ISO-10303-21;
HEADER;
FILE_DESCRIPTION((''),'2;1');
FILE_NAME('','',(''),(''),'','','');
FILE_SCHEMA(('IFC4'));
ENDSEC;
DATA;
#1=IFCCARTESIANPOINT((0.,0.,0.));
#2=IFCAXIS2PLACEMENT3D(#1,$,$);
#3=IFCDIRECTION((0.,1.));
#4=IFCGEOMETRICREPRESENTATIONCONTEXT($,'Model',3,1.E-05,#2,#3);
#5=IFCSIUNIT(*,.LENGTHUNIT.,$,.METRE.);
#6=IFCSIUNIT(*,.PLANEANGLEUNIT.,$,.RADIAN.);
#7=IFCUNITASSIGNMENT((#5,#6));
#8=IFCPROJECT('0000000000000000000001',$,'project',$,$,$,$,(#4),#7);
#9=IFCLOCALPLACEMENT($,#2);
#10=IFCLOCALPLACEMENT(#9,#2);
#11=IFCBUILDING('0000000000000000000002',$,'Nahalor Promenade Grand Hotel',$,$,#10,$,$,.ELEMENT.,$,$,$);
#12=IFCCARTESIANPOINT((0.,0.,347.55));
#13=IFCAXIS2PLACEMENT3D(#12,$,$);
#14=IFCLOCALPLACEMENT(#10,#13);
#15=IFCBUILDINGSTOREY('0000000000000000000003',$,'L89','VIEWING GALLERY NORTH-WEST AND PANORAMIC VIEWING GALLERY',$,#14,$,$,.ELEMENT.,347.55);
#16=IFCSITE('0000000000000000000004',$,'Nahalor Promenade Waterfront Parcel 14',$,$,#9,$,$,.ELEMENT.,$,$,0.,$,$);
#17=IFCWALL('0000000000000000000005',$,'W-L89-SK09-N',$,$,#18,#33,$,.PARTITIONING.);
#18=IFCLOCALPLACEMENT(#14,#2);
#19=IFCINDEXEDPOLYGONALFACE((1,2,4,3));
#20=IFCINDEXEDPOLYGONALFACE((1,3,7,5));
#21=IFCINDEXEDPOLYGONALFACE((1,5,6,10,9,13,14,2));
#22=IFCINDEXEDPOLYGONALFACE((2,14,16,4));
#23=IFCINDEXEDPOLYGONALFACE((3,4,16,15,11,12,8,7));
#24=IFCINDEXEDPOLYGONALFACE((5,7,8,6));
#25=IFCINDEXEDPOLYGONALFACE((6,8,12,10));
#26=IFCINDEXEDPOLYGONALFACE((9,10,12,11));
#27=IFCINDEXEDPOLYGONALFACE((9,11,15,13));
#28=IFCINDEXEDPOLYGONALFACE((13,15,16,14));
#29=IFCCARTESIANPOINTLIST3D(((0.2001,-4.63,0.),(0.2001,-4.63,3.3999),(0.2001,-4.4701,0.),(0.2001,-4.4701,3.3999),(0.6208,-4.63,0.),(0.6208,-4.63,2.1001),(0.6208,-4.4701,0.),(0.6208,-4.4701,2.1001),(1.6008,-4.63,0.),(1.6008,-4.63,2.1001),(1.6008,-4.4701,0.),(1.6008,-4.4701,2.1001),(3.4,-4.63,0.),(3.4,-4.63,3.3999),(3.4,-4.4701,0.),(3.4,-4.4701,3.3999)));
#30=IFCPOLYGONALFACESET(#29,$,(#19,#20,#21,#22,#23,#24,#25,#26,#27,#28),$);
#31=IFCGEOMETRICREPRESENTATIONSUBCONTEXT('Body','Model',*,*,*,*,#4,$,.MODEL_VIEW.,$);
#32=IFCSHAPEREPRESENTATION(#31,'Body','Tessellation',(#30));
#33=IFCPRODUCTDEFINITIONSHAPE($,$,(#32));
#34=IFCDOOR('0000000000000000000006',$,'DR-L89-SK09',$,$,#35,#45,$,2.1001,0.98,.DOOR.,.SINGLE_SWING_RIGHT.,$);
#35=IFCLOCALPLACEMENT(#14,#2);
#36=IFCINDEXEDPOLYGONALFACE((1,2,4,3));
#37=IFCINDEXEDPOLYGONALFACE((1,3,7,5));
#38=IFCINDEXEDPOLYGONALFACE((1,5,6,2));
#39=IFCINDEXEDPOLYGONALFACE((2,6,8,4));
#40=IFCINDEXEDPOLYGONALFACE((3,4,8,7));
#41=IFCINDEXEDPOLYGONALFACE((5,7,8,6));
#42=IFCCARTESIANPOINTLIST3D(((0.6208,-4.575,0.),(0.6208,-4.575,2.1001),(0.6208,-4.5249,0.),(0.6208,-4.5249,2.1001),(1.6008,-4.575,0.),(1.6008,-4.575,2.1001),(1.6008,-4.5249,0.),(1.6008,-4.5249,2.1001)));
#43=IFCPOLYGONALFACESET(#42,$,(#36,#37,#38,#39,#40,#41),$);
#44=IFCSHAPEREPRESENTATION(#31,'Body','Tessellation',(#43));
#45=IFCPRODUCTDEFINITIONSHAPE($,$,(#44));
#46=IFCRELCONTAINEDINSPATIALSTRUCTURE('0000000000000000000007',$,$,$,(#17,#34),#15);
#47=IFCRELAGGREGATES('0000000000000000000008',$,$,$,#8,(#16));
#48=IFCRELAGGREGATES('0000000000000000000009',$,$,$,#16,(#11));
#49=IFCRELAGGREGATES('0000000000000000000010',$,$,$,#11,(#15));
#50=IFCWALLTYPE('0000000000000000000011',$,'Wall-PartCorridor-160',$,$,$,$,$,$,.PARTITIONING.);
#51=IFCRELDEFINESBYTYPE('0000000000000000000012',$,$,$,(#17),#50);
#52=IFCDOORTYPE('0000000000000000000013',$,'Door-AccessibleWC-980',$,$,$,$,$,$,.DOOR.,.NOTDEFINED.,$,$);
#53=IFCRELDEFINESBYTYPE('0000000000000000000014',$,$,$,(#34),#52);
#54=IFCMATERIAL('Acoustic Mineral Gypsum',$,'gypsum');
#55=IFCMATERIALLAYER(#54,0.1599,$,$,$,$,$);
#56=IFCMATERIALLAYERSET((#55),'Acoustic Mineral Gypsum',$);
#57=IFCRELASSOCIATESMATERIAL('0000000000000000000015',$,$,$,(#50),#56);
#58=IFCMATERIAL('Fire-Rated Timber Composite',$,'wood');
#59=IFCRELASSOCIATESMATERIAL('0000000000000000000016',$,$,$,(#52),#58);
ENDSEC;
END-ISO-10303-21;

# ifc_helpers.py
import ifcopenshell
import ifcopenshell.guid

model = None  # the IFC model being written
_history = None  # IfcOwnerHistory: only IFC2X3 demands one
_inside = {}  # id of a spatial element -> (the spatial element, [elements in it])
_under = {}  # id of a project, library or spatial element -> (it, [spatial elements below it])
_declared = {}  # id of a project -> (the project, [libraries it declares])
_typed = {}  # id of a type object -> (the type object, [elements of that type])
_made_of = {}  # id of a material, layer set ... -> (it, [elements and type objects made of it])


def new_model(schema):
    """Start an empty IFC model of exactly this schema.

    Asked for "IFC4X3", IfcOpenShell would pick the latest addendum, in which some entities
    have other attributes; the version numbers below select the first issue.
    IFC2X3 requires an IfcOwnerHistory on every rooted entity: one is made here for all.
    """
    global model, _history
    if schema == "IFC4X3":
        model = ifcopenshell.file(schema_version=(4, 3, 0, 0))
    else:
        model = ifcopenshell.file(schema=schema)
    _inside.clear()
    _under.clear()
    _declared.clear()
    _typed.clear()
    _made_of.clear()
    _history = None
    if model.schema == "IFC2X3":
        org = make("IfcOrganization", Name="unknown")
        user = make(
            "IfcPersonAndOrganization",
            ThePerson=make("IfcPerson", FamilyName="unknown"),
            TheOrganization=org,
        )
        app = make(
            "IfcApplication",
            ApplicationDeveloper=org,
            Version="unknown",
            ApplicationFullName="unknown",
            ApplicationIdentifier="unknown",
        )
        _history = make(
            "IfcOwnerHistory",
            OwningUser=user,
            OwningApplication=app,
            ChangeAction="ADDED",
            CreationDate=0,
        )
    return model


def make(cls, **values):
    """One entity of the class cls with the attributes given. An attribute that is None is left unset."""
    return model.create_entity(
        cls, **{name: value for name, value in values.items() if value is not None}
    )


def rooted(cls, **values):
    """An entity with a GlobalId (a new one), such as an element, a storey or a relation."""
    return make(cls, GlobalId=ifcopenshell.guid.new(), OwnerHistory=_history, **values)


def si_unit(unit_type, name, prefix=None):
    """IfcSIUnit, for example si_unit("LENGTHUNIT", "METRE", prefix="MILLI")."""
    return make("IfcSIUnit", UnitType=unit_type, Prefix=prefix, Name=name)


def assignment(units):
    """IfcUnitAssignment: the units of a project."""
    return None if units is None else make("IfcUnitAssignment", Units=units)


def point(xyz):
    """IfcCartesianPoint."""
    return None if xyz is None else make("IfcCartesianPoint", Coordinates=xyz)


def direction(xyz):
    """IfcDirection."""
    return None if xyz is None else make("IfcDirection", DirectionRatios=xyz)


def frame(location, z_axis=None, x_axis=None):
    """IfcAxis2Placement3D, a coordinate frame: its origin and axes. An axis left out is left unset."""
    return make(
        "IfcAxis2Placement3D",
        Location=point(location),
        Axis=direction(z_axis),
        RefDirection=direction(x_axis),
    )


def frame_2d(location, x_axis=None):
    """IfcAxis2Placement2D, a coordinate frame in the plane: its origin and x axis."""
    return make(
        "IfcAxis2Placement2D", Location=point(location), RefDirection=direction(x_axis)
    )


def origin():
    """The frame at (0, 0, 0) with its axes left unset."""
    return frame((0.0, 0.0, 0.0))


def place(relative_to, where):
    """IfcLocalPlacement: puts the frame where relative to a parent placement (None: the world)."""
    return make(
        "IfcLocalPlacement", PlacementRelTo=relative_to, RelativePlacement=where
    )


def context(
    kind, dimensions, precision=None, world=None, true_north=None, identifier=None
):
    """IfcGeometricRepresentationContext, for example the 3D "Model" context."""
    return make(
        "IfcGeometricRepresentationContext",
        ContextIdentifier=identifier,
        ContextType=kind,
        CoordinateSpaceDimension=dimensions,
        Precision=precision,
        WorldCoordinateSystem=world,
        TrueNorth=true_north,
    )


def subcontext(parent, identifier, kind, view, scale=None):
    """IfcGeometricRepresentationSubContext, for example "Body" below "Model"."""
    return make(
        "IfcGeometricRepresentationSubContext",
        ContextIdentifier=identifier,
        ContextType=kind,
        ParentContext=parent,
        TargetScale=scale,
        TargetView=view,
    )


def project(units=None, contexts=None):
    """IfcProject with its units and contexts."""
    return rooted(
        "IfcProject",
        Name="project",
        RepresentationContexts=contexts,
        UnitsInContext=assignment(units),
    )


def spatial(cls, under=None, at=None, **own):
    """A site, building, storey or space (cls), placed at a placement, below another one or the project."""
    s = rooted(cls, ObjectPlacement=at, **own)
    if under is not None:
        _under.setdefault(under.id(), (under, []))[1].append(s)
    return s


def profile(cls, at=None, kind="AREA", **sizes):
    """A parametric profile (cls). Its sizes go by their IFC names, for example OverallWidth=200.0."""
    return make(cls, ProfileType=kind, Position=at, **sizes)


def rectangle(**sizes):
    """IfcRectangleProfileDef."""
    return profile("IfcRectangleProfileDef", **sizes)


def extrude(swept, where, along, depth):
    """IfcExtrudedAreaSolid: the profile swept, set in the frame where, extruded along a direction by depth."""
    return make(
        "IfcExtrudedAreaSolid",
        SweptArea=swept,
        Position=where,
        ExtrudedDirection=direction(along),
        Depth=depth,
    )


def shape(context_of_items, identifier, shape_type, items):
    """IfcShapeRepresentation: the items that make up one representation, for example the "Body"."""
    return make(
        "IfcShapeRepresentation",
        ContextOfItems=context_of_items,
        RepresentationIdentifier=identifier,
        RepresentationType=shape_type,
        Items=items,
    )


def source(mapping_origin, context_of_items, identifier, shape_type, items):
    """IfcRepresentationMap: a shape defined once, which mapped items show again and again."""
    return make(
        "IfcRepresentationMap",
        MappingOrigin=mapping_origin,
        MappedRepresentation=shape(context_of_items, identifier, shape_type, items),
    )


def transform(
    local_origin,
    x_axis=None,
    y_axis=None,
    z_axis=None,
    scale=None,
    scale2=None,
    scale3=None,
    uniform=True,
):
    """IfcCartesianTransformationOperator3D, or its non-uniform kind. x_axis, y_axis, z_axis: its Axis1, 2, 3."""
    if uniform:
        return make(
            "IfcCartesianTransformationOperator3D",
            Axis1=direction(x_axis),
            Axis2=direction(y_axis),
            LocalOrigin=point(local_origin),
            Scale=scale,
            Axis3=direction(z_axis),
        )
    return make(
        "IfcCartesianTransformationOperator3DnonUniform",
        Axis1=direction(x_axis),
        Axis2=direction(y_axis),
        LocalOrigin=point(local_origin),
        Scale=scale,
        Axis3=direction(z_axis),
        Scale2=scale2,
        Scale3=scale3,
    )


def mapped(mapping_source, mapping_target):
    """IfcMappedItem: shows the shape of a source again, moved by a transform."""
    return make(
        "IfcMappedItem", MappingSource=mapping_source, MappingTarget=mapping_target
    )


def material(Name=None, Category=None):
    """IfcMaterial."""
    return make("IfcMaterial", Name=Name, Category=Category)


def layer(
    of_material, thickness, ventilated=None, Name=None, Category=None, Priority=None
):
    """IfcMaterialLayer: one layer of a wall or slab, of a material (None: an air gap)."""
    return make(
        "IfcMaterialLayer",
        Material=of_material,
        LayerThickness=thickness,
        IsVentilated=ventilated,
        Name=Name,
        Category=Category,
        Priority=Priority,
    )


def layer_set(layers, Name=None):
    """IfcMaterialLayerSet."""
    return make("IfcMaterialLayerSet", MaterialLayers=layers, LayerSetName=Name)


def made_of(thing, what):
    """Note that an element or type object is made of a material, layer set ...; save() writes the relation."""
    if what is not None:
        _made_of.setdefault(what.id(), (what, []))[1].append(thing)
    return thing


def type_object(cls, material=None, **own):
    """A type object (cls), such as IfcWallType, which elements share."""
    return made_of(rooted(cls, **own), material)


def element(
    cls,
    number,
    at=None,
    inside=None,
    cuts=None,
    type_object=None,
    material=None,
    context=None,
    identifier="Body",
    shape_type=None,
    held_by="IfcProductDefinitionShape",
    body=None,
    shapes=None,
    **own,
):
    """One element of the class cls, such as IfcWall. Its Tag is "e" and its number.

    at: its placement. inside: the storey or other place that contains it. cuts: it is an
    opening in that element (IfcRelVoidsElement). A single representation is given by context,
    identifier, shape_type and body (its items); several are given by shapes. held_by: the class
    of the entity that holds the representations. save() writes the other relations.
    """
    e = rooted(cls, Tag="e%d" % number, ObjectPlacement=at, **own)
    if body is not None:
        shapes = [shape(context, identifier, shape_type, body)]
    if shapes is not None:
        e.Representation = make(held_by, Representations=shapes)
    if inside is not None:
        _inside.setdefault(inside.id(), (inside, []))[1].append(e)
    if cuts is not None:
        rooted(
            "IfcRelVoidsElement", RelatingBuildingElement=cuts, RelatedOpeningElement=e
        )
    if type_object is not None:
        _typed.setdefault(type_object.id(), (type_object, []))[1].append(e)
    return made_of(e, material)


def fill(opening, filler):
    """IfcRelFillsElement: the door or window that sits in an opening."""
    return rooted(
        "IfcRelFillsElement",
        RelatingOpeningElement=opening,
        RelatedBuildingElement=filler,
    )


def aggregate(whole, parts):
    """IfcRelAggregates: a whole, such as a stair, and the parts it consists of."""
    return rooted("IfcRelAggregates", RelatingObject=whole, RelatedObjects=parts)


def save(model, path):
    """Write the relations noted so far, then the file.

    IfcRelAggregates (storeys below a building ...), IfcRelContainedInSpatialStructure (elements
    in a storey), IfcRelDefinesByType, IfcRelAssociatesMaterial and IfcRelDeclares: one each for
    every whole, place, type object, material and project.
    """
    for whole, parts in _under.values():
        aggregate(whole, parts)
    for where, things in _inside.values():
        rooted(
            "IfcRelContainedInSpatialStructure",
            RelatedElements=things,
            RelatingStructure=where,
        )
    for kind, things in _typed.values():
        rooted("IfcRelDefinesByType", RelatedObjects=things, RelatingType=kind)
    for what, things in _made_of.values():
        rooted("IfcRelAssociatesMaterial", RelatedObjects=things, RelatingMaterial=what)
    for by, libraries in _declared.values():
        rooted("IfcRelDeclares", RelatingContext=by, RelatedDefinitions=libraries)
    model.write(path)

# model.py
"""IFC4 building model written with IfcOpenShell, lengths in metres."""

from ifc_helpers import new_model, si_unit, direction, frame, frame_2d, origin, place, context, subcontext, project, spatial, rectangle, extrude, source, transform, mapped, material, layer, layer_set, type_object, element, fill, save


model = new_model("IFC4")

# Units and contexts
model_context = context("Model", 3, precision=1e-05, world=origin(), true_north=direction((0.0, 1.0)))
body_context = subcontext(model_context, "Body", "Model", "MODEL_VIEW")
ifc_project = project(units=[si_unit("LENGTHUNIT", "METRE"), si_unit("PLANEANGLEUNIT", "RADIAN")], contexts=[model_context])

# Site, building, storey
site_placement = place(None, origin())
site = spatial("IfcSite", under=ifc_project, at=site_placement, Name="Nahalor Promenade Waterfront Parcel 14", CompositionType="ELEMENT", RefElevation=0.0)
building_placement = place(site_placement, origin())
building = spatial("IfcBuilding", under=site, at=building_placement, Name="Nahalor Promenade Grand Hotel", CompositionType="ELEMENT")
storey_placement = place(building_placement, frame((0.0, 0.0, 347.55)))
storey = spatial("IfcBuildingStorey", under=building, at=storey_placement, Name="L89", Description="VIEWING GALLERY NORTH-WEST AND PANORAMIC VIEWING GALLERY", CompositionType="ELEMENT", Elevation=347.55)

# Shared definitions
ifc_material_1 = material(Name="Acoustic Mineral Gypsum", Category="gypsum")
ifc_layer_1 = layer(ifc_material_1, 0.1599)
ifc_layer_set_1 = layer_set([ifc_layer_1], Name="Acoustic Mineral Gypsum")
wall_type_1 = type_object("IfcWallType", Name="Wall-PartCorridor-160", PredefinedType="PARTITIONING", material=ifc_layer_set_1)
ifc_material_2 = material(Name="Fire-Rated Timber Composite", Category="wood")

# Wall, opening, door
door_type_1 = type_object("IfcDoorType", Name="Door-AccessibleWC-980", OperationType="NOTDEFINED", PredefinedType="DOOR", material=ifc_material_2)
shared_shape_1 = source(origin(), body_context, "Body", "SweptSolid", [
    extrude(rectangle(XDim=0.98, YDim=2.1001, at=frame_2d((0.49, 1.05))), frame((0.0, 0.0249, 0.0), z_axis=(0.0, -1.0, 0.0), x_axis=(1.0, 0.0, 0.0)), (0.0, 0.0, 1.0), 0.05),
])
shared_shape_2 = source(origin(), body_context, "Body", "SweptSolid", [
    extrude(rectangle(XDim=3.2, YDim=0.1599, at=frame_2d((1.6001, 0.0))), origin(), (0.0, 0.0, 1.0), 3.3999),
])
wall_1_placement = place(storey_placement, frame((0.2, -4.55, 0.0), z_axis=(0.0, 0.0, 1.0), x_axis=(1.0, 0.0, 0.0)))
wall_1 = element("IfcWall", 1, at=wall_1_placement, inside=storey, type_object=wall_type_1, Name="W-L89-SK09-N", PredefinedType="PARTITIONING", context=body_context, shape_type="MappedRepresentation", body=[
    mapped(shared_shape_2, transform((0.0, 0.0, 0.0), scale=1.0)),
])
opening_1_placement = place(wall_1_placement, frame((0.4209, 0.0, 0.0)))
opening_1 = element("IfcOpeningElement", 2, at=opening_1_placement, cuts=wall_1, PredefinedType="OPENING", context=body_context, shape_type="SweptSolid", body=[
    extrude(rectangle(XDim=0.98, YDim=2.1001, at=frame_2d((0.49, 1.05))), frame((0.0, 0.0898, 0.0), z_axis=(0.0, -1.0, 0.0), x_axis=(1.0, 0.0, 0.0)), (0.0, 0.0, 1.0), 0.1799),
])
door_1_placement = place(opening_1_placement, frame((0.98, 0.0, 0.0), z_axis=(0.0, 0.0, 1.0), x_axis=(-1.0, 0.0, 0.0)))
door_1 = element("IfcDoor", 3, at=door_1_placement, inside=storey, type_object=door_type_1, Name="DR-L89-SK09", OperationType="SINGLE_SWING_RIGHT", OverallHeight=2.1001, OverallWidth=0.98, PredefinedType="DOOR", context=body_context, shape_type="MappedRepresentation", body=[
    mapped(shared_shape_1, transform((0.0, 0.0, 0.0), scale=1.0)),
])
fill(opening_1, door_1)

save(model, "model.ifc")
